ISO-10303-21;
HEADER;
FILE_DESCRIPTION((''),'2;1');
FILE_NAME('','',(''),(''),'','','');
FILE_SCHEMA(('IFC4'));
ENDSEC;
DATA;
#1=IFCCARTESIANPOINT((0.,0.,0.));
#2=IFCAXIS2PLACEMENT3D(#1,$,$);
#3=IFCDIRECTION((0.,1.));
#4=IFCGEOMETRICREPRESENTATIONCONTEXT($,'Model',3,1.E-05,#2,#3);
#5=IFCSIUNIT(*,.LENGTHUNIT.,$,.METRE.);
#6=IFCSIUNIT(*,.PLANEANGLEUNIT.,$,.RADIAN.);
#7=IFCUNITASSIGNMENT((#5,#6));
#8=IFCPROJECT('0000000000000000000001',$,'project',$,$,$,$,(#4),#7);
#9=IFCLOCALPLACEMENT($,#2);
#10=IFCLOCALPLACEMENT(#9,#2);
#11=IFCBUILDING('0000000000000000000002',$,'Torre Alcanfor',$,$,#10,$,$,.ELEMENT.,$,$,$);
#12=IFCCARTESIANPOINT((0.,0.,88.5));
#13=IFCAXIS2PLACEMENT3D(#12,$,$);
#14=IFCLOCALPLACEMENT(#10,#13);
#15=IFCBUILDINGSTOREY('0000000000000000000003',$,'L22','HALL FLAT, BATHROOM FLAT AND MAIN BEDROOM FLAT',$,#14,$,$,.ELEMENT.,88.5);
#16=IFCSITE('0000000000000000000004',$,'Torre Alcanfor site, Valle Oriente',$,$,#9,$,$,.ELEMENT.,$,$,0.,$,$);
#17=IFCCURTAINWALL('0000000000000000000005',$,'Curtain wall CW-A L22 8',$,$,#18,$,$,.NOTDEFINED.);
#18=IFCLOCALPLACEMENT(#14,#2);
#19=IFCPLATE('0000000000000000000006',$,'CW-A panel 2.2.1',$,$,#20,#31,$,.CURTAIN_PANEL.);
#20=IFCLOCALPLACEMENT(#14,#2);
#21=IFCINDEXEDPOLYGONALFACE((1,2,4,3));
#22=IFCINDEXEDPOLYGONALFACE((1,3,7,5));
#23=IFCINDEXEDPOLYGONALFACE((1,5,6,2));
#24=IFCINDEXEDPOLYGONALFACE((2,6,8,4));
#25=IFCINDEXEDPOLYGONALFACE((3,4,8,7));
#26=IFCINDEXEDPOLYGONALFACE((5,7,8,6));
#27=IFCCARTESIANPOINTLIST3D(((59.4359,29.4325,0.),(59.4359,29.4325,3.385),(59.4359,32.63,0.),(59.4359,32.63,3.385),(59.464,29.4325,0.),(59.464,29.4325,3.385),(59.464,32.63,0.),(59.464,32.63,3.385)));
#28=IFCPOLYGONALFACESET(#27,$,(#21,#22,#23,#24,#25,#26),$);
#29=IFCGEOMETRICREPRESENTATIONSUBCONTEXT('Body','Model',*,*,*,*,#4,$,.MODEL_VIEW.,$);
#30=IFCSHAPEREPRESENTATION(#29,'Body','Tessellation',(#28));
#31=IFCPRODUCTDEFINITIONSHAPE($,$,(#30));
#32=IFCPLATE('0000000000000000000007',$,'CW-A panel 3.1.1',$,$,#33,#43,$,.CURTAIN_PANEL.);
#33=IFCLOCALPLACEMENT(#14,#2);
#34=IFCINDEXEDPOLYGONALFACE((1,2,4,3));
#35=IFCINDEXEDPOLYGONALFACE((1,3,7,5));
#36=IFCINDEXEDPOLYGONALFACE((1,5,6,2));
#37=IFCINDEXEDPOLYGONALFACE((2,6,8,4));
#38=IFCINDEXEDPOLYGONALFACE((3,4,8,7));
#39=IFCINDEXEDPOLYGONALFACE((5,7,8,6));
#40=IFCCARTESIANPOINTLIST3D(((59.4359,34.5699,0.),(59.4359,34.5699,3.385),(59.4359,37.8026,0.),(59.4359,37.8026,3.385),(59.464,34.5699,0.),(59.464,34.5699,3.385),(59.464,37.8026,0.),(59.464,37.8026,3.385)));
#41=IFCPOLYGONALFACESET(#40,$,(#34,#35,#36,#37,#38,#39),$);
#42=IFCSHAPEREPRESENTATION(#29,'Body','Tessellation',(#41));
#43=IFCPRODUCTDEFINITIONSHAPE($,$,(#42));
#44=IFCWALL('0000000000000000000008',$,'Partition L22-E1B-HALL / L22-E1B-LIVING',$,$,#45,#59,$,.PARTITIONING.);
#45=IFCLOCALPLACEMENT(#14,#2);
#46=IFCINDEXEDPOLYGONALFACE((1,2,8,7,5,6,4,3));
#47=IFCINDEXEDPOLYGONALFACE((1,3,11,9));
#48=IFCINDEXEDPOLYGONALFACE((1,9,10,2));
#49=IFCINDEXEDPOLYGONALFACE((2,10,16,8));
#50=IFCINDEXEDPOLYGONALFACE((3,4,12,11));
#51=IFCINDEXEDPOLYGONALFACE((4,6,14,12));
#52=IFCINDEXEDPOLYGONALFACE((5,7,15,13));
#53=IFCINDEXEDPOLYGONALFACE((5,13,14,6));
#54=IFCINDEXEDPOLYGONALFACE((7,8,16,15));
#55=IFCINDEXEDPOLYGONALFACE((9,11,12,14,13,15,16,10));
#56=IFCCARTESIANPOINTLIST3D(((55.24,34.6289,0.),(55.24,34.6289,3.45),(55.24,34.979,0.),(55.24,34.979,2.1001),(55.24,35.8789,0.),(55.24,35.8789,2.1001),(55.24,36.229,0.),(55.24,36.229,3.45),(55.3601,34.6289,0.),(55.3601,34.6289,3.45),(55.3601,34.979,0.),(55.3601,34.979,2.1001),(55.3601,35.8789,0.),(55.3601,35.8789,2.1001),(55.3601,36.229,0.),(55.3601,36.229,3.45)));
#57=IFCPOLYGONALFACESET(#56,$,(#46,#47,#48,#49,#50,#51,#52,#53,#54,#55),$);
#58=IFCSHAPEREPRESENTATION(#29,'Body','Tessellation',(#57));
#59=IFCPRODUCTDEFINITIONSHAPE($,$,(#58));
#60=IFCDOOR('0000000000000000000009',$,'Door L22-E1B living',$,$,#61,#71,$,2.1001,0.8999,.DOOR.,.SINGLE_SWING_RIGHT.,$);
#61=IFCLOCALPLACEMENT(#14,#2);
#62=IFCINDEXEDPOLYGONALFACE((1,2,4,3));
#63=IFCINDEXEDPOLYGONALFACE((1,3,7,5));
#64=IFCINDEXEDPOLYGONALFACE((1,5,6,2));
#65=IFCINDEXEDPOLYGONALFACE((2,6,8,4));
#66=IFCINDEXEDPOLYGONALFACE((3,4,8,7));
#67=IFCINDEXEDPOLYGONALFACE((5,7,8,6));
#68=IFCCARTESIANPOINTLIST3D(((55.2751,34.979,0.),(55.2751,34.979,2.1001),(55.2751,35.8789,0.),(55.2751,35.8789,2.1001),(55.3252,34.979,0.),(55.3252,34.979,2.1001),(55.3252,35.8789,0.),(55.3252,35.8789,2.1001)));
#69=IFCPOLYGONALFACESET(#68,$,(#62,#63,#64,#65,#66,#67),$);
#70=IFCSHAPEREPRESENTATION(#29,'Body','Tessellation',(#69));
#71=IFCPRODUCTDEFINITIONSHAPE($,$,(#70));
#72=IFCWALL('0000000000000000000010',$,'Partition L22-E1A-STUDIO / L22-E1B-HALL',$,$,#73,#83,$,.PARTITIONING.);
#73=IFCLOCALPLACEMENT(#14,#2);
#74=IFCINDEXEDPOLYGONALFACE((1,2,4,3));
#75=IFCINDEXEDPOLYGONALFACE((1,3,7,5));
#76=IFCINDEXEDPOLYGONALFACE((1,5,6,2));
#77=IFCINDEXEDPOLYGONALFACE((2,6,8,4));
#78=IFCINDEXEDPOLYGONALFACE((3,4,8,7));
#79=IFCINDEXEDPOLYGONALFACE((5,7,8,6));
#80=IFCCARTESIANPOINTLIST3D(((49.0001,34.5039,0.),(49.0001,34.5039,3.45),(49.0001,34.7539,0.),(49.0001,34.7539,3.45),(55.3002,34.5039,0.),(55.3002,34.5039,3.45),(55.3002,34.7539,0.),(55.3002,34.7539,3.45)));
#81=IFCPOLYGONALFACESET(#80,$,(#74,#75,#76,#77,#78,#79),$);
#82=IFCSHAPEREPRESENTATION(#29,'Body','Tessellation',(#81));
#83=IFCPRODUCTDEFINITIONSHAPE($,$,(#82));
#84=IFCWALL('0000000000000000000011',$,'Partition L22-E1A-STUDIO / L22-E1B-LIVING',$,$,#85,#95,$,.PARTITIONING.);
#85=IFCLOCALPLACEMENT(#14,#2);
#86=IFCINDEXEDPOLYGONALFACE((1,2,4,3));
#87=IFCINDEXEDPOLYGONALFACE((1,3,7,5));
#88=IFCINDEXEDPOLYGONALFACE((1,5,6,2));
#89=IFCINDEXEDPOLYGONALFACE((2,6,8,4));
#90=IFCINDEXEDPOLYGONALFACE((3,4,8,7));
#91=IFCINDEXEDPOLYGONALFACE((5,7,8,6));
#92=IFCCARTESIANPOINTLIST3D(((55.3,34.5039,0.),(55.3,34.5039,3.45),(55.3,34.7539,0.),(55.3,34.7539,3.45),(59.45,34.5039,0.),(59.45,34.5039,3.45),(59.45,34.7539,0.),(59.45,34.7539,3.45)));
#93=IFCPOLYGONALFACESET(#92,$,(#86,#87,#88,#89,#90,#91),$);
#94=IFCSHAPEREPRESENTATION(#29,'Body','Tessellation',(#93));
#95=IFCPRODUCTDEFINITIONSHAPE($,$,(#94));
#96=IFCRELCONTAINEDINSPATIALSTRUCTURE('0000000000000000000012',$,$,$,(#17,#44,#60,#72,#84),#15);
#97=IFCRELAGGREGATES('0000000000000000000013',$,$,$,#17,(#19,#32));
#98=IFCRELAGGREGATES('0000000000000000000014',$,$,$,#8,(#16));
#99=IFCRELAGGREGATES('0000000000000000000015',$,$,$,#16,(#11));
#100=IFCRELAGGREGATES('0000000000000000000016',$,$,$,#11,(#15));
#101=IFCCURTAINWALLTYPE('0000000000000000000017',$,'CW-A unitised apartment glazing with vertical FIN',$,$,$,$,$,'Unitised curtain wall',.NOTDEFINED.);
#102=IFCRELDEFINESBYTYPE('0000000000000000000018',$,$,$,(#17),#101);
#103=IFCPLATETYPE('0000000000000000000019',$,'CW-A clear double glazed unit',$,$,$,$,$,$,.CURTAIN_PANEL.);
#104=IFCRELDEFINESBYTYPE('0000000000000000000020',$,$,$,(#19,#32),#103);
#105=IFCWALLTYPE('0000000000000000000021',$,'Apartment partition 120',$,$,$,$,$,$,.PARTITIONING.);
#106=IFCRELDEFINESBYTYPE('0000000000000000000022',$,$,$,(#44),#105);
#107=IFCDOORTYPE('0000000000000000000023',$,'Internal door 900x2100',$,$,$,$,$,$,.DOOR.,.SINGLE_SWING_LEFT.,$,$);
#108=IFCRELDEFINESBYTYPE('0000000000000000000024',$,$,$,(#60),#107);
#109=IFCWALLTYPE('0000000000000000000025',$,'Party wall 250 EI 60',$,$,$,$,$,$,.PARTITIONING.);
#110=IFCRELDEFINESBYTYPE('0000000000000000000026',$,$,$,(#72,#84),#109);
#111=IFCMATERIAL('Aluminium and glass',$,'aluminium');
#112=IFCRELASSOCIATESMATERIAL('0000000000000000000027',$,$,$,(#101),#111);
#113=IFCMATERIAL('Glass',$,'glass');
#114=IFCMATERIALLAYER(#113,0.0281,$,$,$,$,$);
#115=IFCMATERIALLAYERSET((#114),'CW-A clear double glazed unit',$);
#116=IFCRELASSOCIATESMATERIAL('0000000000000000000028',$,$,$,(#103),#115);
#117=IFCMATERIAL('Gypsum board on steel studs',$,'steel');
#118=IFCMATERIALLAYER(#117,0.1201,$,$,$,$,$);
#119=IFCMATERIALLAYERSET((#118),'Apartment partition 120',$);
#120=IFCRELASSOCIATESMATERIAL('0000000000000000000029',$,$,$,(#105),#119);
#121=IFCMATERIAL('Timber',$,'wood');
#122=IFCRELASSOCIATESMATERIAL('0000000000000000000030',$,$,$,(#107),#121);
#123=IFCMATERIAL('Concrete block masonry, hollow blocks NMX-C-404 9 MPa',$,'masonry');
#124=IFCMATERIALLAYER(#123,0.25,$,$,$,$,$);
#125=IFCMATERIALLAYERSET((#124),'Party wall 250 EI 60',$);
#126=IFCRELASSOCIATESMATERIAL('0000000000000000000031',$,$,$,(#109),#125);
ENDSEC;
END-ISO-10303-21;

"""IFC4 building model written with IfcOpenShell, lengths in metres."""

from ifc_helpers import new_model, si_unit, direction, frame, frame_2d, origin, origin_2d, place, context, subcontext, project, spatial, rectangle, extrude, material, layer, layer_set, type_object, element, fill, aggregate, save


model = new_model("IFC4")

# Units and contexts
model_context = context("Model", 3, precision=1e-05, world=origin(), true_north=direction((0.0, 1.0)))
body_context = subcontext(model_context, "Body", "Model", "MODEL_VIEW")
ifc_project = project(units=[si_unit("LENGTHUNIT", "METRE"), si_unit("PLANEANGLEUNIT", "RADIAN")], contexts=[model_context])

# Site, building, storey
site_placement = place(None, origin())
site = spatial("IfcSite", under=ifc_project, at=site_placement, Name="Torre Alcanfor site, Valle Oriente", CompositionType="ELEMENT", RefElevation=0.0)
building_placement = place(site_placement, origin())
building = spatial("IfcBuilding", under=site, at=building_placement, Name="Torre Alcanfor", CompositionType="ELEMENT")
storey_placement = place(building_placement, frame((0.0, 0.0, 88.5)))
storey = spatial("IfcBuildingStorey", under=building, at=storey_placement, Name="L22", Description="HALL FLAT, BATHROOM FLAT AND MAIN BEDROOM FLAT", CompositionType="ELEMENT", Elevation=88.5)

# Curtain wall
ifc_material_1 = material(Name="Aluminium and glass", Category="aluminium")
curtain_wall_type = type_object("IfcCurtainWallType", Name="CW-A unitised apartment glazing with vertical FIN", ElementType="Unitised curtain wall", PredefinedType="NOTDEFINED", material=ifc_material_1)
curtain_wall_placement = place(storey_placement, origin())
curtain_wall = element("IfcCurtainWall", 1, at=curtain_wall_placement, inside=storey, type_object=curtain_wall_type, Name="Curtain wall CW-A L22 8", PredefinedType="NOTDEFINED")

# Plates
ifc_material_2 = material(Name="Glass", Category="glass")
ifc_layer_1 = layer(ifc_material_2, 0.0281)
ifc_layer_set_1 = layer_set([ifc_layer_1], Name="CW-A clear double glazed unit")
plate_type = type_object("IfcPlateType", Name="CW-A clear double glazed unit", PredefinedType="CURTAIN_PANEL", material=ifc_layer_set_1)
plate_1_placement = place(storey_placement, frame((59.45, 31.0312, 0.0), z_axis=(0.0, 0.0, 1.0), x_axis=(0.0, 1.0, 0.0)))
plate_1 = element("IfcPlate", 2, at=plate_1_placement, type_object=plate_type, Name="CW-A panel 2.2.1", PredefinedType="CURTAIN_PANEL", context=body_context, shape_type="SweptSolid", body=[
    extrude(rectangle(XDim=3.1975, YDim=0.0281, at=origin_2d()), origin(), (0.0, 0.0, 1.0), 3.385),
])
plate_2_placement = place(storey_placement, frame((59.45, 36.1863, 0.0), z_axis=(0.0, 0.0, 1.0), x_axis=(0.0, 1.0, 0.0)))
plate_2 = element("IfcPlate", 3, at=plate_2_placement, type_object=plate_type, Name="CW-A panel 3.1.1", PredefinedType="CURTAIN_PANEL", context=body_context, shape_type="SweptSolid", body=[
    extrude(rectangle(XDim=3.2327, YDim=0.0281, at=origin_2d()), origin(), (0.0, 0.0, 1.0), 3.385),
])
aggregate(curtain_wall, [plate_1, plate_2])

# Wall, opening, door
ifc_material_3 = material(Name="Gypsum board on steel studs", Category="steel")
ifc_layer_2 = layer(ifc_material_3, 0.1201)
ifc_layer_set_2 = layer_set([ifc_layer_2], Name="Apartment partition 120")
wall_type_1 = type_object("IfcWallType", Name="Apartment partition 120", PredefinedType="PARTITIONING", material=ifc_layer_set_2)
wall_1_placement = place(storey_placement, frame((55.3, 34.6289, 0.0), z_axis=(0.0, 0.0, 1.0), x_axis=(0.0, 1.0, 0.0)))
wall_1 = element("IfcWall", 4, at=wall_1_placement, inside=storey, type_object=wall_type_1, Name="Partition L22-E1B-HALL / L22-E1B-LIVING", PredefinedType="PARTITIONING", context=body_context, shape_type="SweptSolid", body=[
    extrude(rectangle(XDim=1.6001, YDim=0.1201, at=frame_2d((0.8, 0.0))), origin(), (0.0, 0.0, 1.0), 3.45),
])
opening_placement = place(wall_1_placement, frame((0.3501, 0.0, 0.0)))
opening = element("IfcOpeningElement", 5, at=opening_placement, cuts=wall_1, PredefinedType="OPENING", context=body_context, shape_type="SweptSolid", body=[
    extrude(rectangle(XDim=0.8999, YDim=2.1001, at=frame_2d((0.45, 1.05))), frame((0.0, 0.0701, 0.0), z_axis=(0.0, -1.0, 0.0), x_axis=(1.0, 0.0, 0.0)), (0.0, 0.0, 1.0), 0.1401),
])
ifc_material_4 = material(Name="Timber", Category="wood")
door_type = type_object("IfcDoorType", Name="Internal door 900x2100", OperationType="SINGLE_SWING_LEFT", PredefinedType="DOOR", material=ifc_material_4)
door_placement = place(opening_placement, frame((0.8999, 0.0, 0.0), z_axis=(0.0, 0.0, 1.0), x_axis=(-1.0, 0.0, 0.0)))
door = element("IfcDoor", 6, at=door_placement, inside=storey, type_object=door_type, Name="Door L22-E1B living", OperationType="SINGLE_SWING_RIGHT", OverallHeight=2.1001, OverallWidth=0.8999, PredefinedType="DOOR", context=body_context, shape_type="SweptSolid", body=[
    extrude(rectangle(XDim=0.8999, YDim=2.1001, at=frame_2d((0.45, 1.05))), frame((0.0, 0.0251, 0.0), z_axis=(0.0, -1.0, 0.0), x_axis=(1.0, 0.0, 0.0)), (0.0, 0.0, 1.0), 0.05),
])
fill(opening, door)

# Walls
ifc_material_5 = material(Name="Concrete block masonry, hollow blocks NMX-C-404 9 MPa", Category="masonry")
ifc_layer_3 = layer(ifc_material_5, 0.25)
ifc_layer_set_3 = layer_set([ifc_layer_3], Name="Party wall 250 EI 60")
wall_type_2 = type_object("IfcWallType", Name="Party wall 250 EI 60", PredefinedType="PARTITIONING", material=ifc_layer_set_3)
wall_2_placement = place(storey_placement, frame((55.3, 34.6289, 0.0), z_axis=(0.0, 0.0, 1.0), x_axis=(-1.0, 0.0, 0.0)))
element("IfcWall", 7, at=wall_2_placement, inside=storey, type_object=wall_type_2, Name="Partition L22-E1A-STUDIO / L22-E1B-HALL", PredefinedType="PARTITIONING", context=body_context, shape_type="SweptSolid", body=[
    extrude(rectangle(XDim=6.3, YDim=0.25, at=frame_2d((3.1499, 0.0))), origin(), (0.0, 0.0, 1.0), 3.45),
])
wall_3_placement = place(storey_placement, frame((59.45, 34.6289, 0.0), z_axis=(0.0, 0.0, 1.0), x_axis=(-1.0, 0.0, 0.0)))
element("IfcWall", 8, at=wall_3_placement, inside=storey, type_object=wall_type_2, Name="Partition L22-E1A-STUDIO / L22-E1B-LIVING", PredefinedType="PARTITIONING", context=body_context, shape_type="SweptSolid", body=[
    extrude(rectangle(XDim=4.1499, YDim=0.25, at=frame_2d((2.075, 0.0))), origin(), (0.0, 0.0, 1.0), 3.45),
])

save(model, "model.ifc")
